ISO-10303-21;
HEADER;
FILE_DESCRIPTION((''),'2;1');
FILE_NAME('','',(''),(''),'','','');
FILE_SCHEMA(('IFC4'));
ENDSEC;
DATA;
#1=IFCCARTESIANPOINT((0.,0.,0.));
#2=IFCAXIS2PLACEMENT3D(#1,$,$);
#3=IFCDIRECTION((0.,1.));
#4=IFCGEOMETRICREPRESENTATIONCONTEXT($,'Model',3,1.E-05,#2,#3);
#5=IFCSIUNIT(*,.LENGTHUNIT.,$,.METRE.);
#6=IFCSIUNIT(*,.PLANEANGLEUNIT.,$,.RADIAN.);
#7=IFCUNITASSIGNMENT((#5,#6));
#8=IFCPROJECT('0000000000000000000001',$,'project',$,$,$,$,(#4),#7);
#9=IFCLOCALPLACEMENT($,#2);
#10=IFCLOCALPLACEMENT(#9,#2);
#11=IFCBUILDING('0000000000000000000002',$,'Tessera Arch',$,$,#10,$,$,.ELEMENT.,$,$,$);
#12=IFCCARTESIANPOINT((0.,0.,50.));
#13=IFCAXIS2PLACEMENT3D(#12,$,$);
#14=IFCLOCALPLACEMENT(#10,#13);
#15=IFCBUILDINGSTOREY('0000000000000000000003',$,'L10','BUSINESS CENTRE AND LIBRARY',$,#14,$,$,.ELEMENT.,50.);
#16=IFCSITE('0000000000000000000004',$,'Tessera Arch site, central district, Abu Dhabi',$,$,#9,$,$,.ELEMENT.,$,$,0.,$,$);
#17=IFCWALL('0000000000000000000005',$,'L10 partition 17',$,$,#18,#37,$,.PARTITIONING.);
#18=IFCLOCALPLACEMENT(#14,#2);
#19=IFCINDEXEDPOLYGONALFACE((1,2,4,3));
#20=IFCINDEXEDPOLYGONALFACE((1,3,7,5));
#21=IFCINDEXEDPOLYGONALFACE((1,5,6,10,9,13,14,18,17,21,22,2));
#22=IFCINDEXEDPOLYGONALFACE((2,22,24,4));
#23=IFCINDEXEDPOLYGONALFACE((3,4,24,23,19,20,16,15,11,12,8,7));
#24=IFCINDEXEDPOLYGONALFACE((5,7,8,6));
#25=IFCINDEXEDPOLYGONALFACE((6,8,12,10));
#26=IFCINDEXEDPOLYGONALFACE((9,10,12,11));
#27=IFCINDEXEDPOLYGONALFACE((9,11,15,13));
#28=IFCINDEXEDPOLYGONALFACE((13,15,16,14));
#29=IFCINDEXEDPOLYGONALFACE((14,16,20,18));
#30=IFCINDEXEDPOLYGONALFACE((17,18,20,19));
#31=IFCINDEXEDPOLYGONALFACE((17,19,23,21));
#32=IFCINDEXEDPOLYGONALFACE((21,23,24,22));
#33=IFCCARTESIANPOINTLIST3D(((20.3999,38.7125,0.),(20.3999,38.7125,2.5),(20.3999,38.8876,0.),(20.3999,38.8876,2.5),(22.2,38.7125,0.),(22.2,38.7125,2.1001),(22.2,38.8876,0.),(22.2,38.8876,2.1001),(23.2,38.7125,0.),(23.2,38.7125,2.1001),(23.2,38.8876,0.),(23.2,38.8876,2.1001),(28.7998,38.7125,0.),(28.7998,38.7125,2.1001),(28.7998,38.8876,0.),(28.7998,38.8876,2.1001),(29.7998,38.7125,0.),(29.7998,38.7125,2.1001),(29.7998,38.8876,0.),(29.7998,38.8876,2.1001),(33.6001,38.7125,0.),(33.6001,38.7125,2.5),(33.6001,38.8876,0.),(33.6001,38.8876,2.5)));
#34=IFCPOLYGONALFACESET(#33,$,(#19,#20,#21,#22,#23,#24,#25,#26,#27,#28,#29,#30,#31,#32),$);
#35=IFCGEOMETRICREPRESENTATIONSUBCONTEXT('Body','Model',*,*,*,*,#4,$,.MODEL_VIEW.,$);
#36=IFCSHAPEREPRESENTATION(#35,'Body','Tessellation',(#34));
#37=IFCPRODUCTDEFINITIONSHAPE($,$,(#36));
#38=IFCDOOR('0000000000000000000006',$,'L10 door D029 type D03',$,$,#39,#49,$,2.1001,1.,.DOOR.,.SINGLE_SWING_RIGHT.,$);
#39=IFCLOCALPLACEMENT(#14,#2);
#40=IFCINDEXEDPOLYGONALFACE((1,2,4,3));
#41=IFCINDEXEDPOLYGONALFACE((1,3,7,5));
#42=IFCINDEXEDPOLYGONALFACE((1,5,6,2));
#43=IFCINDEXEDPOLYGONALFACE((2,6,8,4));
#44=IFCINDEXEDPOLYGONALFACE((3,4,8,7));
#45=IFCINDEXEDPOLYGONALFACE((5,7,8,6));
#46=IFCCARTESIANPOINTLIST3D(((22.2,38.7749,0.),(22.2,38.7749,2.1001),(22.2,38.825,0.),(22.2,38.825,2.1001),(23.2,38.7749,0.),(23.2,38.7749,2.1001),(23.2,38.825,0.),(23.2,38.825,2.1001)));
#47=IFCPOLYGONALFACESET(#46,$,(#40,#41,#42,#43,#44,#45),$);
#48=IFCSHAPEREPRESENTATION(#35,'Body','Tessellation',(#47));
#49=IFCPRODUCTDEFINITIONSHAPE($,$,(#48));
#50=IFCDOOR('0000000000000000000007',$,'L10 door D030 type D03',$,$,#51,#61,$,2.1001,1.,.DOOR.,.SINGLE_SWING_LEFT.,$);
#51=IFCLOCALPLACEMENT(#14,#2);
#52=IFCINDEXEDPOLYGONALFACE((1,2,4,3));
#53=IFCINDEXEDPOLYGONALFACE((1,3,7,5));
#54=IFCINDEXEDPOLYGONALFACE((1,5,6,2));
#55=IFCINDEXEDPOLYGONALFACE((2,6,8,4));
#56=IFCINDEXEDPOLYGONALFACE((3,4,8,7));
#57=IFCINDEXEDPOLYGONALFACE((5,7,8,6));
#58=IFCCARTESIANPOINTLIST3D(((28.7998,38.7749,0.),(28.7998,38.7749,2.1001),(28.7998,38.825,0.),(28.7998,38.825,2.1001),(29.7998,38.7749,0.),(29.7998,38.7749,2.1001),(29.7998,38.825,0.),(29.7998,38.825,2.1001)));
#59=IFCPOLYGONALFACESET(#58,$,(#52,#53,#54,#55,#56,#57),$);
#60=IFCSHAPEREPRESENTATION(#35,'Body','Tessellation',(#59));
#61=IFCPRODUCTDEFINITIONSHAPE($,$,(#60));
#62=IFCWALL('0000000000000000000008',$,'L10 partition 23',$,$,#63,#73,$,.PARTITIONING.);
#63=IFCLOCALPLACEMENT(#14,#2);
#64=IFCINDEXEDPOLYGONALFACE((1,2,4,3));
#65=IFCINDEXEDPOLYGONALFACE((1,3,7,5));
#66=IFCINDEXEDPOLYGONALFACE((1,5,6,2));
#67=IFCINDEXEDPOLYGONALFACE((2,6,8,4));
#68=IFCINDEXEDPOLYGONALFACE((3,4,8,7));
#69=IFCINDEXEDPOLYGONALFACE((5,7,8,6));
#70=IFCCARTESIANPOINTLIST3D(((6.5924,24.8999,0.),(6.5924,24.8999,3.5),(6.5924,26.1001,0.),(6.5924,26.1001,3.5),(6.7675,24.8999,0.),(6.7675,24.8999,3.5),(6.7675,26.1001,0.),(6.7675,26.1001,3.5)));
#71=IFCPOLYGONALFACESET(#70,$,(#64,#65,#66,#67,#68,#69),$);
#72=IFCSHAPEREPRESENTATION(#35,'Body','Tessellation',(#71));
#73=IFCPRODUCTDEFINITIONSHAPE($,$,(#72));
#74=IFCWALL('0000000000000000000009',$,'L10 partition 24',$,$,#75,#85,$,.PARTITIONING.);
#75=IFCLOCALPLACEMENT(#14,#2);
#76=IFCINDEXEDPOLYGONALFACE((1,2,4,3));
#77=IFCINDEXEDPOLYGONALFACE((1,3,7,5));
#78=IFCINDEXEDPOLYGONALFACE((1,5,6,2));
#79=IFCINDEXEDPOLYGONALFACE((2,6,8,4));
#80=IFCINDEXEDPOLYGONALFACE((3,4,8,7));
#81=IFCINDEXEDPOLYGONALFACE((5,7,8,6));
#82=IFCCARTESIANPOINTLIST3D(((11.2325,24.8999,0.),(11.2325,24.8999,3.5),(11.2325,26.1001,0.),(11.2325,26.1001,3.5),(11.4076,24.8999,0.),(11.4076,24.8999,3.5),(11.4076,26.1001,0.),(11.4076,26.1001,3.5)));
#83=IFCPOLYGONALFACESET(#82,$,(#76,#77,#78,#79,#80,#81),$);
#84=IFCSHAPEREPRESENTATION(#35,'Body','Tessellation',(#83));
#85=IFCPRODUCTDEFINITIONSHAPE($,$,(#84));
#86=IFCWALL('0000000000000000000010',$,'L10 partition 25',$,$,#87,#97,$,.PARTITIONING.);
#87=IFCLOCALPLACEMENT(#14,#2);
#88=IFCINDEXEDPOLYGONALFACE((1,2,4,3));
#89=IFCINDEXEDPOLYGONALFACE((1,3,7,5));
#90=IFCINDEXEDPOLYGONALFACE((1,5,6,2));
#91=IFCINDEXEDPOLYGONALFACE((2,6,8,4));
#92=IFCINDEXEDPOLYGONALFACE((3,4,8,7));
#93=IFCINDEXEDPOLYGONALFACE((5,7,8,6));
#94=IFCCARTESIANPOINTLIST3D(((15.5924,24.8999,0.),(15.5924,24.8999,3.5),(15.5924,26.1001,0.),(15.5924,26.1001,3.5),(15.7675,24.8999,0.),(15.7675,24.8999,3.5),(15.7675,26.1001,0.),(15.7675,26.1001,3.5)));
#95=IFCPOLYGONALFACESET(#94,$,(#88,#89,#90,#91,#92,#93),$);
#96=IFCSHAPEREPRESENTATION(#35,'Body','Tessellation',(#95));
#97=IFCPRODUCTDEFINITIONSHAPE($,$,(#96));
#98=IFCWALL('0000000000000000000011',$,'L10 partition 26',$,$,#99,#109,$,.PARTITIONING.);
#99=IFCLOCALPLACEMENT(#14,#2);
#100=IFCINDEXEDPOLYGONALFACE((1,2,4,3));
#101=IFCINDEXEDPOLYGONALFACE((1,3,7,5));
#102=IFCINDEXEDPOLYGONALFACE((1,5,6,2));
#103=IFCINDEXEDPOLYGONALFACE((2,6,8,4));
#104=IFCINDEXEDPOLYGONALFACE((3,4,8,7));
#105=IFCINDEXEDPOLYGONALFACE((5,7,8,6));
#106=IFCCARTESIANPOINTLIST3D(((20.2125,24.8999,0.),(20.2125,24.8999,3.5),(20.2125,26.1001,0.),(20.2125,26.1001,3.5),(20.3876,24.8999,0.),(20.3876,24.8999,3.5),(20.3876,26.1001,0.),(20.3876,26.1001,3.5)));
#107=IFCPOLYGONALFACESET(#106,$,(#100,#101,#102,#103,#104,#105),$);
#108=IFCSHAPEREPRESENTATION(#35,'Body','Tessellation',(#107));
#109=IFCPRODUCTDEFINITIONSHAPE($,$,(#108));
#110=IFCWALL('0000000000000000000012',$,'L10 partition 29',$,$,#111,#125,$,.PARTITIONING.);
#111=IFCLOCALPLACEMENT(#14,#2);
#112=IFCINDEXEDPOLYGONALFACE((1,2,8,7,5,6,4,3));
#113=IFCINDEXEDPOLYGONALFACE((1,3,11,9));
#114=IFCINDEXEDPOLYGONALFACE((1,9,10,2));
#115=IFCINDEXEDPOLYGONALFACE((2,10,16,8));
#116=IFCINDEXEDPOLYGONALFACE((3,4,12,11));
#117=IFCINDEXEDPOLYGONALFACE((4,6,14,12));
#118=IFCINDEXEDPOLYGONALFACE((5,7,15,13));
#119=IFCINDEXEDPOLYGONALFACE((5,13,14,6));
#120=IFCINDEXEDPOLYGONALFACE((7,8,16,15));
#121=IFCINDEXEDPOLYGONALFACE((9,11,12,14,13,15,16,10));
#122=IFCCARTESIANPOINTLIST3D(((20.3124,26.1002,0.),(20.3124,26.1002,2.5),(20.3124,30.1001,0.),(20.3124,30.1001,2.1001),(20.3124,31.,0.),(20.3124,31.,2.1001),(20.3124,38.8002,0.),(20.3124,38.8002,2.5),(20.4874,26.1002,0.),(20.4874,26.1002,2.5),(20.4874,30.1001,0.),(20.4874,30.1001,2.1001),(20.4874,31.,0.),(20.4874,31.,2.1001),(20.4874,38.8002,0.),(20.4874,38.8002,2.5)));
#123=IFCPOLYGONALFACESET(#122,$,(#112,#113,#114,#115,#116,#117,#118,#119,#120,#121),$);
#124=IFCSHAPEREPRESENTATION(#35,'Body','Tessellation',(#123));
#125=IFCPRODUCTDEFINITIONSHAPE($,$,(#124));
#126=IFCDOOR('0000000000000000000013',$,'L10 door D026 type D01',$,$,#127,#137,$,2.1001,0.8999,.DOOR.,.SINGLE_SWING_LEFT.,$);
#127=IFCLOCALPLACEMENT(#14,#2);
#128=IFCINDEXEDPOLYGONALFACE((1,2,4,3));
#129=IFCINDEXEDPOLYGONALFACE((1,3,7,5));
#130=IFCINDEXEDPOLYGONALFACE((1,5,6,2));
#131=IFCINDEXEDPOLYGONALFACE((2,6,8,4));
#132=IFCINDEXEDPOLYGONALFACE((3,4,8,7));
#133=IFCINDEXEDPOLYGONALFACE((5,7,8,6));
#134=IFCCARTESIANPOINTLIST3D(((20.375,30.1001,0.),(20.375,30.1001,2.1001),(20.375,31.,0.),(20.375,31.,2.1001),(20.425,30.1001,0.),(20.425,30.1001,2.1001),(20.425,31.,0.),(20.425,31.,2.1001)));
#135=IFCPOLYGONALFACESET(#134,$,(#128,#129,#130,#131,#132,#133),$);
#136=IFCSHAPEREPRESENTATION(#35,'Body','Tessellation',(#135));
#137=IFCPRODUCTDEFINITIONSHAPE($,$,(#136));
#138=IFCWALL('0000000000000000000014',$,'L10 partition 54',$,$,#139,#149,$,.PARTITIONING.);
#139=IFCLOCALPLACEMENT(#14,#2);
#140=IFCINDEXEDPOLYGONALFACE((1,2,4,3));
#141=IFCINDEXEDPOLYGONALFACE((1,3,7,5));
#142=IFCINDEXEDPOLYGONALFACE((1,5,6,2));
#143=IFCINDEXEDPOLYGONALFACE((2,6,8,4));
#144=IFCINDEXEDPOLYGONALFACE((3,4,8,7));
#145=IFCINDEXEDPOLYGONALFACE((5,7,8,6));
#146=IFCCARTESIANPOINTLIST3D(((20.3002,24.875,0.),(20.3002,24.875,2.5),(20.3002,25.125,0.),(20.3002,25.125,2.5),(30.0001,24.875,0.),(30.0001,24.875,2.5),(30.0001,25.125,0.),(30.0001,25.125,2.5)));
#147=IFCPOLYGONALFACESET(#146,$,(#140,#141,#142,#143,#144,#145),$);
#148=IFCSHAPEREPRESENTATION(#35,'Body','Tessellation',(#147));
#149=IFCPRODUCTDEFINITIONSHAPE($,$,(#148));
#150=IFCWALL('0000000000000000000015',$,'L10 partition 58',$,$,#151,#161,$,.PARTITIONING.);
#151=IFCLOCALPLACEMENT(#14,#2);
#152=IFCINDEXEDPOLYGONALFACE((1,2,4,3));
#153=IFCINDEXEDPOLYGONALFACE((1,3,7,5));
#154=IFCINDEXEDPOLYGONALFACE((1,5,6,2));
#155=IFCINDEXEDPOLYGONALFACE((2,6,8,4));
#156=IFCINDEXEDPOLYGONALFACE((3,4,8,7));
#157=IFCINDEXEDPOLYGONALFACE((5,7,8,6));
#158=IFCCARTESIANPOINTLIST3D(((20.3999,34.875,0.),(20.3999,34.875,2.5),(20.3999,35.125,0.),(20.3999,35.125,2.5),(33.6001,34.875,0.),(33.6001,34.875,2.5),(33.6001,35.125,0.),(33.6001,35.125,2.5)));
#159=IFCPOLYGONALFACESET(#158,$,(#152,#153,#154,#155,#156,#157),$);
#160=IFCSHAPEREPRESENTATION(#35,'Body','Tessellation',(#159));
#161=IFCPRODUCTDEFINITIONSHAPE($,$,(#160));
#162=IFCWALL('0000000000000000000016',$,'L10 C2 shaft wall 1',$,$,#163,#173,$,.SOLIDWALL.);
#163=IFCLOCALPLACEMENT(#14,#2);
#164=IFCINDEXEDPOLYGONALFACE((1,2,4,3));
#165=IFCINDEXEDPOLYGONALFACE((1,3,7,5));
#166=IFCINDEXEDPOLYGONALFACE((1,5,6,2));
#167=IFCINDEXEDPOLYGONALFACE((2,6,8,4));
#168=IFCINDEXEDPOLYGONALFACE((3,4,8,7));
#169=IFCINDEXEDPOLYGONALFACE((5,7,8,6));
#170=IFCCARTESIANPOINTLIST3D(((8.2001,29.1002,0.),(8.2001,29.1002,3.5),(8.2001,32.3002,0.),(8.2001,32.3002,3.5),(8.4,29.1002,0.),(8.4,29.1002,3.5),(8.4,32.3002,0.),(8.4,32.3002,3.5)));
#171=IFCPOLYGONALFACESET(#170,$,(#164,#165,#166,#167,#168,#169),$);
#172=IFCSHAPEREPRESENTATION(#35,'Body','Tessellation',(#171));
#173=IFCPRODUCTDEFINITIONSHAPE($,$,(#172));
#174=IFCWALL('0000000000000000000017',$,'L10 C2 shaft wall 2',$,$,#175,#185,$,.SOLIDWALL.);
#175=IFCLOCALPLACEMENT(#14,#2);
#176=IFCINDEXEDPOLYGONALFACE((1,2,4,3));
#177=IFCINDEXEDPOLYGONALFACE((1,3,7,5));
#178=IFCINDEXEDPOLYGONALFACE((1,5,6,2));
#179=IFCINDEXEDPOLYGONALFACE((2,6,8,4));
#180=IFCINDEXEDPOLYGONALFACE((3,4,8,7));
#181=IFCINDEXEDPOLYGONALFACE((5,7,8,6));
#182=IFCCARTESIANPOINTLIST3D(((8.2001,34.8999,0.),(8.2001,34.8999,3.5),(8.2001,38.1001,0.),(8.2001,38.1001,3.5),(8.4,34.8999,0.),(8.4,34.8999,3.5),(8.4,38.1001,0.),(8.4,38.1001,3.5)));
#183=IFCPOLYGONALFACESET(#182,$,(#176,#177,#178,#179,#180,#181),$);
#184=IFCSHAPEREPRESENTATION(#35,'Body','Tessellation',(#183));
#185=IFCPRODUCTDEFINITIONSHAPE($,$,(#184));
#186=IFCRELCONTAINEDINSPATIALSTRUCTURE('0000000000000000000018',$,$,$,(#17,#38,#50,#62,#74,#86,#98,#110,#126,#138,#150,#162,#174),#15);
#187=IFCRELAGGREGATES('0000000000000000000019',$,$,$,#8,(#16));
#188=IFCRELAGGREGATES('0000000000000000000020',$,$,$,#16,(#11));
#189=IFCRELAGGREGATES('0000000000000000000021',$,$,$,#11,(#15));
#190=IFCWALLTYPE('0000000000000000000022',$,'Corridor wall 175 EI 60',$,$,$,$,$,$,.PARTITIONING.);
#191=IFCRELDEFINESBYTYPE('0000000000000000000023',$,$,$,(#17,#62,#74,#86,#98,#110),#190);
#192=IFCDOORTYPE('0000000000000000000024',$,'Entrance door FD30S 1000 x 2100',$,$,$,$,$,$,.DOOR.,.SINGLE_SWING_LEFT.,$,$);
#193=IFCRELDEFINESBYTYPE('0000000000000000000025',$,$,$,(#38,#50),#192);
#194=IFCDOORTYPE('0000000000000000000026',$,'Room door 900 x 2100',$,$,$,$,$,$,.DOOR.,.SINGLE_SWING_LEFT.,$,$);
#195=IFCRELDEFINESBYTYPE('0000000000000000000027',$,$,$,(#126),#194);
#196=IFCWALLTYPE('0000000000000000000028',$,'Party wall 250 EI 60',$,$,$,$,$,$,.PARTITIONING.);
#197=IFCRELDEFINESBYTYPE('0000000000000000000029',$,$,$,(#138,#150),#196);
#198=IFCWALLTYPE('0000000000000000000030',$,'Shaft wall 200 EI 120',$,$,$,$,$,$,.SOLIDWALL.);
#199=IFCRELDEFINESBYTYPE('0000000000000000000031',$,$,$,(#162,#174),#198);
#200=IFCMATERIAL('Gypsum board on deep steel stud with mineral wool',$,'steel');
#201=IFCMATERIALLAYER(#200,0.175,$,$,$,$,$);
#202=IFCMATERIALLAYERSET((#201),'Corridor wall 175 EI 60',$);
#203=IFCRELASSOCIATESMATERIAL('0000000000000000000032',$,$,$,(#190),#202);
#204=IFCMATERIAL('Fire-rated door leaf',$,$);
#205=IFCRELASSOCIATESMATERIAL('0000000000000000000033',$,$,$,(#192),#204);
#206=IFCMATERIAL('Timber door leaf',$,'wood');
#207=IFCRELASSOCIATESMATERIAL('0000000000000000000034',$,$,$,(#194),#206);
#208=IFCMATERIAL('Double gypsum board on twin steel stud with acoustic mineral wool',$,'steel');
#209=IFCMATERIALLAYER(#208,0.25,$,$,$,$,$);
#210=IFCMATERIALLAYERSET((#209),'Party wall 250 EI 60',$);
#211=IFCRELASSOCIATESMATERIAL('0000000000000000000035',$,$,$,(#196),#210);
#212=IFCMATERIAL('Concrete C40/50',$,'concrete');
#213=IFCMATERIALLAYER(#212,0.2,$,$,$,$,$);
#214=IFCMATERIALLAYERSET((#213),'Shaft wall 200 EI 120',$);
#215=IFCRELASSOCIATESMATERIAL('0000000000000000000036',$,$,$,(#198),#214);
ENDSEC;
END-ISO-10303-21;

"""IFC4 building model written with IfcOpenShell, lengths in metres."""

from ifc_helpers import new_model, si_unit, direction, frame, frame_2d, origin, place, context, subcontext, project, spatial, rectangle, extrude, material, layer, layer_set, type_object, element, fill, save


model = new_model("IFC4")

# Units and contexts
model_context = context("Model", 3, precision=1e-05, world=origin(), true_north=direction((0.0, 1.0)))
body_context = subcontext(model_context, "Body", "Model", "MODEL_VIEW")
ifc_project = project(units=[si_unit("LENGTHUNIT", "METRE"), si_unit("PLANEANGLEUNIT", "RADIAN")], contexts=[model_context])

# Site, building, storey
site_placement = place(None, origin())
site = spatial("IfcSite", under=ifc_project, at=site_placement, Name="Tessera Arch site, central district, Abu Dhabi", CompositionType="ELEMENT", RefElevation=0.0)
building_placement = place(site_placement, origin())
building = spatial("IfcBuilding", under=site, at=building_placement, Name="Tessera Arch", CompositionType="ELEMENT")
storey_placement = place(building_placement, frame((0.0, 0.0, 50.0)))
storey = spatial("IfcBuildingStorey", under=building, at=storey_placement, Name="L10", Description="BUSINESS CENTRE AND LIBRARY", CompositionType="ELEMENT", Elevation=50.0)

# Shared definitions
ifc_material_1 = material(Name="Gypsum board on deep steel stud with mineral wool", Category="steel")
ifc_layer_1 = layer(ifc_material_1, 0.175)
ifc_layer_set_1 = layer_set([ifc_layer_1], Name="Corridor wall 175 EI 60")
wall_type_1 = type_object("IfcWallType", Name="Corridor wall 175 EI 60", PredefinedType="PARTITIONING", material=ifc_layer_set_1)
ifc_material_2 = material(Name="Fire-rated door leaf")
door_type_1 = type_object("IfcDoorType", Name="Entrance door FD30S 1000 x 2100", OperationType="SINGLE_SWING_LEFT", PredefinedType="DOOR", material=ifc_material_2)

# Wall, openings, doors
wall_1_placement = place(storey_placement, frame((20.3999, 38.8, 0.0), z_axis=(0.0, 0.0, 1.0), x_axis=(1.0, 0.0, 0.0)))
wall_1 = element("IfcWall", 1, at=wall_1_placement, inside=storey, type_object=wall_type_1, Name="L10 partition 17", PredefinedType="PARTITIONING", context=body_context, shape_type="SweptSolid", body=[
    extrude(rectangle(XDim=13.2002, YDim=0.175, at=frame_2d((6.6001, 0.0))), origin(), (0.0, 0.0, 1.0), 2.5),
])
opening_1_placement = place(wall_1_placement, frame((1.8, 0.0, 0.0)))
opening_1 = element("IfcOpeningElement", 2, at=opening_1_placement, cuts=wall_1, PredefinedType="OPENING", context=body_context, shape_type="SweptSolid", body=[
    extrude(rectangle(XDim=1.0, YDim=2.1001, at=frame_2d((0.5, 1.05))), frame((0.0, 0.0974, 0.0), z_axis=(0.0, -1.0, 0.0), x_axis=(1.0, 0.0, 0.0)), (0.0, 0.0, 1.0), 0.1951),
])
opening_2_placement = place(wall_1_placement, frame((8.3999, 0.0, 0.0)))
opening_2 = element("IfcOpeningElement", 3, at=opening_2_placement, cuts=wall_1, PredefinedType="OPENING", context=body_context, shape_type="SweptSolid", body=[
    extrude(rectangle(XDim=1.0, YDim=2.1001, at=frame_2d((0.5, 1.05))), frame((0.0, 0.0974, 0.0), z_axis=(0.0, -1.0, 0.0), x_axis=(1.0, 0.0, 0.0)), (0.0, 0.0, 1.0), 0.1951),
])
door_1_placement = place(opening_1_placement, origin())
door_1 = element("IfcDoor", 4, at=door_1_placement, inside=storey, type_object=door_type_1, Name="L10 door D029 type D03", OperationType="SINGLE_SWING_RIGHT", OverallHeight=2.1001, OverallWidth=1.0, PredefinedType="DOOR", context=body_context, shape_type="SweptSolid", body=[
    extrude(rectangle(XDim=1.0, YDim=2.1001, at=frame_2d((0.5, 1.05))), frame((0.0, 0.0249, 0.0), z_axis=(0.0, -1.0, 0.0), x_axis=(1.0, 0.0, 0.0)), (0.0, 0.0, 1.0), 0.05),
])
fill(opening_1, door_1)
door_2_placement = place(opening_2_placement, origin())
door_2 = element("IfcDoor", 5, at=door_2_placement, inside=storey, type_object=door_type_1, Name="L10 door D030 type D03", OperationType="SINGLE_SWING_LEFT", OverallHeight=2.1001, OverallWidth=1.0, PredefinedType="DOOR", context=body_context, shape_type="SweptSolid", body=[
    extrude(rectangle(XDim=1.0, YDim=2.1001, at=frame_2d((0.5, 1.05))), frame((0.0, 0.0249, 0.0), z_axis=(0.0, -1.0, 0.0), x_axis=(1.0, 0.0, 0.0)), (0.0, 0.0, 1.0), 0.05),
])
fill(opening_2, door_2)

# Walls
for number, where, z_axis, x_axis, name in (
    (6, (6.6799, 24.8999, 0.0), (0.0, 0.0, 1.0), (0.0, 1.0, 0.0), "L10 partition 23"),
    (7, (11.3201, 24.8999, 0.0), (0.0, 0.0, 1.0), (0.0, 1.0, 0.0), "L10 partition 24"),
    (8, (15.6799, 24.8999, 0.0), (0.0, 0.0, 1.0), (0.0, 1.0, 0.0), "L10 partition 25"),
    (9, (20.3, 24.8999, 0.0), (0.0, 0.0, 1.0), (0.0, 1.0, 0.0), "L10 partition 26"),
):
    element("IfcWall", number, at=place(storey_placement, frame(where, z_axis=z_axis, x_axis=x_axis)), inside=storey, type_object=wall_type_1, Name=name, PredefinedType="PARTITIONING", context=body_context, shape_type="SweptSolid", body=[
        extrude(rectangle(XDim=1.2002, YDim=0.175, at=frame_2d((0.6001, 0.0))), origin(), (0.0, 0.0, 1.0), 3.5),
    ])

# Wall, opening, door
wall_2_placement = place(storey_placement, frame((20.3999, 26.1001, 0.0), z_axis=(0.0, 0.0, 1.0), x_axis=(0.0, 1.0, 0.0)))
wall_2 = element("IfcWall", 10, at=wall_2_placement, inside=storey, type_object=wall_type_1, Name="L10 partition 29", PredefinedType="PARTITIONING", context=body_context, shape_type="SweptSolid", body=[
    extrude(rectangle(XDim=12.7, YDim=0.175, at=frame_2d((6.3501, 0.0))), origin(), (0.0, 0.0, 1.0), 2.5),
])
opening_3_placement = place(wall_2_placement, frame((4.0, 0.0, 0.0)))
opening_3 = element("IfcOpeningElement", 11, at=opening_3_placement, cuts=wall_2, PredefinedType="OPENING", context=body_context, shape_type="SweptSolid", body=[
    extrude(rectangle(XDim=0.8999, YDim=2.1001, at=frame_2d((0.45, 1.05))), frame((0.0, 0.0974, 0.0), z_axis=(0.0, -1.0, 0.0), x_axis=(1.0, 0.0, 0.0)), (0.0, 0.0, 1.0), 0.1951),
])
ifc_material_3 = material(Name="Timber door leaf", Category="wood")
door_type_2 = type_object("IfcDoorType", Name="Room door 900 x 2100", OperationType="SINGLE_SWING_LEFT", PredefinedType="DOOR", material=ifc_material_3)
door_3_placement = place(opening_3_placement, origin())
door_3 = element("IfcDoor", 12, at=door_3_placement, inside=storey, type_object=door_type_2, Name="L10 door D026 type D01", OperationType="SINGLE_SWING_LEFT", OverallHeight=2.1001, OverallWidth=0.8999, PredefinedType="DOOR", context=body_context, shape_type="SweptSolid", body=[
    extrude(rectangle(XDim=0.8999, YDim=2.1001, at=frame_2d((0.45, 1.05))), frame((0.0, 0.0249, 0.0), z_axis=(0.0, -1.0, 0.0), x_axis=(1.0, 0.0, 0.0)), (0.0, 0.0, 1.0), 0.05),
])
fill(opening_3, door_3)

# Walls
ifc_material_4 = material(Name="Double gypsum board on twin steel stud with acoustic mineral wool", Category="steel")
ifc_layer_2 = layer(ifc_material_4, 0.25)
ifc_layer_set_2 = layer_set([ifc_layer_2], Name="Party wall 250 EI 60")
wall_type_2 = type_object("IfcWallType", Name="Party wall 250 EI 60", PredefinedType="PARTITIONING", material=ifc_layer_set_2)
wall_3_placement = place(storey_placement, frame((20.3, 25.0, 0.0), z_axis=(0.0, 0.0, 1.0), x_axis=(1.0, 0.0, 0.0)))
element("IfcWall", 13, at=wall_3_placement, inside=storey, type_object=wall_type_2, Name="L10 partition 54", PredefinedType="PARTITIONING", context=body_context, shape_type="SweptSolid", body=[
    extrude(rectangle(XDim=9.7, YDim=0.25, at=frame_2d((4.8501, 0.0))), origin(), (0.0, 0.0, 1.0), 2.5),
])
wall_4_placement = place(storey_placement, frame((20.3999, 35.0, 0.0), z_axis=(0.0, 0.0, 1.0), x_axis=(1.0, 0.0, 0.0)))
element("IfcWall", 14, at=wall_4_placement, inside=storey, type_object=wall_type_2, Name="L10 partition 58", PredefinedType="PARTITIONING", context=body_context, shape_type="SweptSolid", body=[
    extrude(rectangle(XDim=13.2002, YDim=0.25, at=frame_2d((6.6001, 0.0))), origin(), (0.0, 0.0, 1.0), 2.5),
])
ifc_material_5 = material(Name="Concrete C40/50", Category="concrete")
ifc_layer_3 = layer(ifc_material_5, 0.2)
ifc_layer_set_3 = layer_set([ifc_layer_3], Name="Shaft wall 200 EI 120")
wall_type_3 = type_object("IfcWallType", Name="Shaft wall 200 EI 120", PredefinedType="SOLIDWALL", material=ifc_layer_set_3)
wall_5_placement = place(storey_placement, frame((8.3, 29.1001, 0.0), z_axis=(0.0, 0.0, 1.0), x_axis=(0.0, 1.0, 0.0)))
element("IfcWall", 15, at=wall_5_placement, inside=storey, type_object=wall_type_3, Name="L10 C2 shaft wall 1", PredefinedType="SOLIDWALL", context=body_context, shape_type="SweptSolid", body=[
    extrude(rectangle(XDim=3.2, YDim=0.2, at=frame_2d((1.6001, 0.0))), origin(), (0.0, 0.0, 1.0), 3.5),
])
wall_6_placement = place(storey_placement, frame((8.3, 34.8999, 0.0), z_axis=(0.0, 0.0, 1.0), x_axis=(0.0, 1.0, 0.0)))
element("IfcWall", 16, at=wall_6_placement, inside=storey, type_object=wall_type_3, Name="L10 C2 shaft wall 2", PredefinedType="SOLIDWALL", context=body_context, shape_type="SweptSolid", body=[
    extrude(rectangle(XDim=3.2002, YDim=0.2, at=frame_2d((1.6001, 0.0))), origin(), (0.0, 0.0, 1.0), 3.5),
])

save(model, "model.ifc")
